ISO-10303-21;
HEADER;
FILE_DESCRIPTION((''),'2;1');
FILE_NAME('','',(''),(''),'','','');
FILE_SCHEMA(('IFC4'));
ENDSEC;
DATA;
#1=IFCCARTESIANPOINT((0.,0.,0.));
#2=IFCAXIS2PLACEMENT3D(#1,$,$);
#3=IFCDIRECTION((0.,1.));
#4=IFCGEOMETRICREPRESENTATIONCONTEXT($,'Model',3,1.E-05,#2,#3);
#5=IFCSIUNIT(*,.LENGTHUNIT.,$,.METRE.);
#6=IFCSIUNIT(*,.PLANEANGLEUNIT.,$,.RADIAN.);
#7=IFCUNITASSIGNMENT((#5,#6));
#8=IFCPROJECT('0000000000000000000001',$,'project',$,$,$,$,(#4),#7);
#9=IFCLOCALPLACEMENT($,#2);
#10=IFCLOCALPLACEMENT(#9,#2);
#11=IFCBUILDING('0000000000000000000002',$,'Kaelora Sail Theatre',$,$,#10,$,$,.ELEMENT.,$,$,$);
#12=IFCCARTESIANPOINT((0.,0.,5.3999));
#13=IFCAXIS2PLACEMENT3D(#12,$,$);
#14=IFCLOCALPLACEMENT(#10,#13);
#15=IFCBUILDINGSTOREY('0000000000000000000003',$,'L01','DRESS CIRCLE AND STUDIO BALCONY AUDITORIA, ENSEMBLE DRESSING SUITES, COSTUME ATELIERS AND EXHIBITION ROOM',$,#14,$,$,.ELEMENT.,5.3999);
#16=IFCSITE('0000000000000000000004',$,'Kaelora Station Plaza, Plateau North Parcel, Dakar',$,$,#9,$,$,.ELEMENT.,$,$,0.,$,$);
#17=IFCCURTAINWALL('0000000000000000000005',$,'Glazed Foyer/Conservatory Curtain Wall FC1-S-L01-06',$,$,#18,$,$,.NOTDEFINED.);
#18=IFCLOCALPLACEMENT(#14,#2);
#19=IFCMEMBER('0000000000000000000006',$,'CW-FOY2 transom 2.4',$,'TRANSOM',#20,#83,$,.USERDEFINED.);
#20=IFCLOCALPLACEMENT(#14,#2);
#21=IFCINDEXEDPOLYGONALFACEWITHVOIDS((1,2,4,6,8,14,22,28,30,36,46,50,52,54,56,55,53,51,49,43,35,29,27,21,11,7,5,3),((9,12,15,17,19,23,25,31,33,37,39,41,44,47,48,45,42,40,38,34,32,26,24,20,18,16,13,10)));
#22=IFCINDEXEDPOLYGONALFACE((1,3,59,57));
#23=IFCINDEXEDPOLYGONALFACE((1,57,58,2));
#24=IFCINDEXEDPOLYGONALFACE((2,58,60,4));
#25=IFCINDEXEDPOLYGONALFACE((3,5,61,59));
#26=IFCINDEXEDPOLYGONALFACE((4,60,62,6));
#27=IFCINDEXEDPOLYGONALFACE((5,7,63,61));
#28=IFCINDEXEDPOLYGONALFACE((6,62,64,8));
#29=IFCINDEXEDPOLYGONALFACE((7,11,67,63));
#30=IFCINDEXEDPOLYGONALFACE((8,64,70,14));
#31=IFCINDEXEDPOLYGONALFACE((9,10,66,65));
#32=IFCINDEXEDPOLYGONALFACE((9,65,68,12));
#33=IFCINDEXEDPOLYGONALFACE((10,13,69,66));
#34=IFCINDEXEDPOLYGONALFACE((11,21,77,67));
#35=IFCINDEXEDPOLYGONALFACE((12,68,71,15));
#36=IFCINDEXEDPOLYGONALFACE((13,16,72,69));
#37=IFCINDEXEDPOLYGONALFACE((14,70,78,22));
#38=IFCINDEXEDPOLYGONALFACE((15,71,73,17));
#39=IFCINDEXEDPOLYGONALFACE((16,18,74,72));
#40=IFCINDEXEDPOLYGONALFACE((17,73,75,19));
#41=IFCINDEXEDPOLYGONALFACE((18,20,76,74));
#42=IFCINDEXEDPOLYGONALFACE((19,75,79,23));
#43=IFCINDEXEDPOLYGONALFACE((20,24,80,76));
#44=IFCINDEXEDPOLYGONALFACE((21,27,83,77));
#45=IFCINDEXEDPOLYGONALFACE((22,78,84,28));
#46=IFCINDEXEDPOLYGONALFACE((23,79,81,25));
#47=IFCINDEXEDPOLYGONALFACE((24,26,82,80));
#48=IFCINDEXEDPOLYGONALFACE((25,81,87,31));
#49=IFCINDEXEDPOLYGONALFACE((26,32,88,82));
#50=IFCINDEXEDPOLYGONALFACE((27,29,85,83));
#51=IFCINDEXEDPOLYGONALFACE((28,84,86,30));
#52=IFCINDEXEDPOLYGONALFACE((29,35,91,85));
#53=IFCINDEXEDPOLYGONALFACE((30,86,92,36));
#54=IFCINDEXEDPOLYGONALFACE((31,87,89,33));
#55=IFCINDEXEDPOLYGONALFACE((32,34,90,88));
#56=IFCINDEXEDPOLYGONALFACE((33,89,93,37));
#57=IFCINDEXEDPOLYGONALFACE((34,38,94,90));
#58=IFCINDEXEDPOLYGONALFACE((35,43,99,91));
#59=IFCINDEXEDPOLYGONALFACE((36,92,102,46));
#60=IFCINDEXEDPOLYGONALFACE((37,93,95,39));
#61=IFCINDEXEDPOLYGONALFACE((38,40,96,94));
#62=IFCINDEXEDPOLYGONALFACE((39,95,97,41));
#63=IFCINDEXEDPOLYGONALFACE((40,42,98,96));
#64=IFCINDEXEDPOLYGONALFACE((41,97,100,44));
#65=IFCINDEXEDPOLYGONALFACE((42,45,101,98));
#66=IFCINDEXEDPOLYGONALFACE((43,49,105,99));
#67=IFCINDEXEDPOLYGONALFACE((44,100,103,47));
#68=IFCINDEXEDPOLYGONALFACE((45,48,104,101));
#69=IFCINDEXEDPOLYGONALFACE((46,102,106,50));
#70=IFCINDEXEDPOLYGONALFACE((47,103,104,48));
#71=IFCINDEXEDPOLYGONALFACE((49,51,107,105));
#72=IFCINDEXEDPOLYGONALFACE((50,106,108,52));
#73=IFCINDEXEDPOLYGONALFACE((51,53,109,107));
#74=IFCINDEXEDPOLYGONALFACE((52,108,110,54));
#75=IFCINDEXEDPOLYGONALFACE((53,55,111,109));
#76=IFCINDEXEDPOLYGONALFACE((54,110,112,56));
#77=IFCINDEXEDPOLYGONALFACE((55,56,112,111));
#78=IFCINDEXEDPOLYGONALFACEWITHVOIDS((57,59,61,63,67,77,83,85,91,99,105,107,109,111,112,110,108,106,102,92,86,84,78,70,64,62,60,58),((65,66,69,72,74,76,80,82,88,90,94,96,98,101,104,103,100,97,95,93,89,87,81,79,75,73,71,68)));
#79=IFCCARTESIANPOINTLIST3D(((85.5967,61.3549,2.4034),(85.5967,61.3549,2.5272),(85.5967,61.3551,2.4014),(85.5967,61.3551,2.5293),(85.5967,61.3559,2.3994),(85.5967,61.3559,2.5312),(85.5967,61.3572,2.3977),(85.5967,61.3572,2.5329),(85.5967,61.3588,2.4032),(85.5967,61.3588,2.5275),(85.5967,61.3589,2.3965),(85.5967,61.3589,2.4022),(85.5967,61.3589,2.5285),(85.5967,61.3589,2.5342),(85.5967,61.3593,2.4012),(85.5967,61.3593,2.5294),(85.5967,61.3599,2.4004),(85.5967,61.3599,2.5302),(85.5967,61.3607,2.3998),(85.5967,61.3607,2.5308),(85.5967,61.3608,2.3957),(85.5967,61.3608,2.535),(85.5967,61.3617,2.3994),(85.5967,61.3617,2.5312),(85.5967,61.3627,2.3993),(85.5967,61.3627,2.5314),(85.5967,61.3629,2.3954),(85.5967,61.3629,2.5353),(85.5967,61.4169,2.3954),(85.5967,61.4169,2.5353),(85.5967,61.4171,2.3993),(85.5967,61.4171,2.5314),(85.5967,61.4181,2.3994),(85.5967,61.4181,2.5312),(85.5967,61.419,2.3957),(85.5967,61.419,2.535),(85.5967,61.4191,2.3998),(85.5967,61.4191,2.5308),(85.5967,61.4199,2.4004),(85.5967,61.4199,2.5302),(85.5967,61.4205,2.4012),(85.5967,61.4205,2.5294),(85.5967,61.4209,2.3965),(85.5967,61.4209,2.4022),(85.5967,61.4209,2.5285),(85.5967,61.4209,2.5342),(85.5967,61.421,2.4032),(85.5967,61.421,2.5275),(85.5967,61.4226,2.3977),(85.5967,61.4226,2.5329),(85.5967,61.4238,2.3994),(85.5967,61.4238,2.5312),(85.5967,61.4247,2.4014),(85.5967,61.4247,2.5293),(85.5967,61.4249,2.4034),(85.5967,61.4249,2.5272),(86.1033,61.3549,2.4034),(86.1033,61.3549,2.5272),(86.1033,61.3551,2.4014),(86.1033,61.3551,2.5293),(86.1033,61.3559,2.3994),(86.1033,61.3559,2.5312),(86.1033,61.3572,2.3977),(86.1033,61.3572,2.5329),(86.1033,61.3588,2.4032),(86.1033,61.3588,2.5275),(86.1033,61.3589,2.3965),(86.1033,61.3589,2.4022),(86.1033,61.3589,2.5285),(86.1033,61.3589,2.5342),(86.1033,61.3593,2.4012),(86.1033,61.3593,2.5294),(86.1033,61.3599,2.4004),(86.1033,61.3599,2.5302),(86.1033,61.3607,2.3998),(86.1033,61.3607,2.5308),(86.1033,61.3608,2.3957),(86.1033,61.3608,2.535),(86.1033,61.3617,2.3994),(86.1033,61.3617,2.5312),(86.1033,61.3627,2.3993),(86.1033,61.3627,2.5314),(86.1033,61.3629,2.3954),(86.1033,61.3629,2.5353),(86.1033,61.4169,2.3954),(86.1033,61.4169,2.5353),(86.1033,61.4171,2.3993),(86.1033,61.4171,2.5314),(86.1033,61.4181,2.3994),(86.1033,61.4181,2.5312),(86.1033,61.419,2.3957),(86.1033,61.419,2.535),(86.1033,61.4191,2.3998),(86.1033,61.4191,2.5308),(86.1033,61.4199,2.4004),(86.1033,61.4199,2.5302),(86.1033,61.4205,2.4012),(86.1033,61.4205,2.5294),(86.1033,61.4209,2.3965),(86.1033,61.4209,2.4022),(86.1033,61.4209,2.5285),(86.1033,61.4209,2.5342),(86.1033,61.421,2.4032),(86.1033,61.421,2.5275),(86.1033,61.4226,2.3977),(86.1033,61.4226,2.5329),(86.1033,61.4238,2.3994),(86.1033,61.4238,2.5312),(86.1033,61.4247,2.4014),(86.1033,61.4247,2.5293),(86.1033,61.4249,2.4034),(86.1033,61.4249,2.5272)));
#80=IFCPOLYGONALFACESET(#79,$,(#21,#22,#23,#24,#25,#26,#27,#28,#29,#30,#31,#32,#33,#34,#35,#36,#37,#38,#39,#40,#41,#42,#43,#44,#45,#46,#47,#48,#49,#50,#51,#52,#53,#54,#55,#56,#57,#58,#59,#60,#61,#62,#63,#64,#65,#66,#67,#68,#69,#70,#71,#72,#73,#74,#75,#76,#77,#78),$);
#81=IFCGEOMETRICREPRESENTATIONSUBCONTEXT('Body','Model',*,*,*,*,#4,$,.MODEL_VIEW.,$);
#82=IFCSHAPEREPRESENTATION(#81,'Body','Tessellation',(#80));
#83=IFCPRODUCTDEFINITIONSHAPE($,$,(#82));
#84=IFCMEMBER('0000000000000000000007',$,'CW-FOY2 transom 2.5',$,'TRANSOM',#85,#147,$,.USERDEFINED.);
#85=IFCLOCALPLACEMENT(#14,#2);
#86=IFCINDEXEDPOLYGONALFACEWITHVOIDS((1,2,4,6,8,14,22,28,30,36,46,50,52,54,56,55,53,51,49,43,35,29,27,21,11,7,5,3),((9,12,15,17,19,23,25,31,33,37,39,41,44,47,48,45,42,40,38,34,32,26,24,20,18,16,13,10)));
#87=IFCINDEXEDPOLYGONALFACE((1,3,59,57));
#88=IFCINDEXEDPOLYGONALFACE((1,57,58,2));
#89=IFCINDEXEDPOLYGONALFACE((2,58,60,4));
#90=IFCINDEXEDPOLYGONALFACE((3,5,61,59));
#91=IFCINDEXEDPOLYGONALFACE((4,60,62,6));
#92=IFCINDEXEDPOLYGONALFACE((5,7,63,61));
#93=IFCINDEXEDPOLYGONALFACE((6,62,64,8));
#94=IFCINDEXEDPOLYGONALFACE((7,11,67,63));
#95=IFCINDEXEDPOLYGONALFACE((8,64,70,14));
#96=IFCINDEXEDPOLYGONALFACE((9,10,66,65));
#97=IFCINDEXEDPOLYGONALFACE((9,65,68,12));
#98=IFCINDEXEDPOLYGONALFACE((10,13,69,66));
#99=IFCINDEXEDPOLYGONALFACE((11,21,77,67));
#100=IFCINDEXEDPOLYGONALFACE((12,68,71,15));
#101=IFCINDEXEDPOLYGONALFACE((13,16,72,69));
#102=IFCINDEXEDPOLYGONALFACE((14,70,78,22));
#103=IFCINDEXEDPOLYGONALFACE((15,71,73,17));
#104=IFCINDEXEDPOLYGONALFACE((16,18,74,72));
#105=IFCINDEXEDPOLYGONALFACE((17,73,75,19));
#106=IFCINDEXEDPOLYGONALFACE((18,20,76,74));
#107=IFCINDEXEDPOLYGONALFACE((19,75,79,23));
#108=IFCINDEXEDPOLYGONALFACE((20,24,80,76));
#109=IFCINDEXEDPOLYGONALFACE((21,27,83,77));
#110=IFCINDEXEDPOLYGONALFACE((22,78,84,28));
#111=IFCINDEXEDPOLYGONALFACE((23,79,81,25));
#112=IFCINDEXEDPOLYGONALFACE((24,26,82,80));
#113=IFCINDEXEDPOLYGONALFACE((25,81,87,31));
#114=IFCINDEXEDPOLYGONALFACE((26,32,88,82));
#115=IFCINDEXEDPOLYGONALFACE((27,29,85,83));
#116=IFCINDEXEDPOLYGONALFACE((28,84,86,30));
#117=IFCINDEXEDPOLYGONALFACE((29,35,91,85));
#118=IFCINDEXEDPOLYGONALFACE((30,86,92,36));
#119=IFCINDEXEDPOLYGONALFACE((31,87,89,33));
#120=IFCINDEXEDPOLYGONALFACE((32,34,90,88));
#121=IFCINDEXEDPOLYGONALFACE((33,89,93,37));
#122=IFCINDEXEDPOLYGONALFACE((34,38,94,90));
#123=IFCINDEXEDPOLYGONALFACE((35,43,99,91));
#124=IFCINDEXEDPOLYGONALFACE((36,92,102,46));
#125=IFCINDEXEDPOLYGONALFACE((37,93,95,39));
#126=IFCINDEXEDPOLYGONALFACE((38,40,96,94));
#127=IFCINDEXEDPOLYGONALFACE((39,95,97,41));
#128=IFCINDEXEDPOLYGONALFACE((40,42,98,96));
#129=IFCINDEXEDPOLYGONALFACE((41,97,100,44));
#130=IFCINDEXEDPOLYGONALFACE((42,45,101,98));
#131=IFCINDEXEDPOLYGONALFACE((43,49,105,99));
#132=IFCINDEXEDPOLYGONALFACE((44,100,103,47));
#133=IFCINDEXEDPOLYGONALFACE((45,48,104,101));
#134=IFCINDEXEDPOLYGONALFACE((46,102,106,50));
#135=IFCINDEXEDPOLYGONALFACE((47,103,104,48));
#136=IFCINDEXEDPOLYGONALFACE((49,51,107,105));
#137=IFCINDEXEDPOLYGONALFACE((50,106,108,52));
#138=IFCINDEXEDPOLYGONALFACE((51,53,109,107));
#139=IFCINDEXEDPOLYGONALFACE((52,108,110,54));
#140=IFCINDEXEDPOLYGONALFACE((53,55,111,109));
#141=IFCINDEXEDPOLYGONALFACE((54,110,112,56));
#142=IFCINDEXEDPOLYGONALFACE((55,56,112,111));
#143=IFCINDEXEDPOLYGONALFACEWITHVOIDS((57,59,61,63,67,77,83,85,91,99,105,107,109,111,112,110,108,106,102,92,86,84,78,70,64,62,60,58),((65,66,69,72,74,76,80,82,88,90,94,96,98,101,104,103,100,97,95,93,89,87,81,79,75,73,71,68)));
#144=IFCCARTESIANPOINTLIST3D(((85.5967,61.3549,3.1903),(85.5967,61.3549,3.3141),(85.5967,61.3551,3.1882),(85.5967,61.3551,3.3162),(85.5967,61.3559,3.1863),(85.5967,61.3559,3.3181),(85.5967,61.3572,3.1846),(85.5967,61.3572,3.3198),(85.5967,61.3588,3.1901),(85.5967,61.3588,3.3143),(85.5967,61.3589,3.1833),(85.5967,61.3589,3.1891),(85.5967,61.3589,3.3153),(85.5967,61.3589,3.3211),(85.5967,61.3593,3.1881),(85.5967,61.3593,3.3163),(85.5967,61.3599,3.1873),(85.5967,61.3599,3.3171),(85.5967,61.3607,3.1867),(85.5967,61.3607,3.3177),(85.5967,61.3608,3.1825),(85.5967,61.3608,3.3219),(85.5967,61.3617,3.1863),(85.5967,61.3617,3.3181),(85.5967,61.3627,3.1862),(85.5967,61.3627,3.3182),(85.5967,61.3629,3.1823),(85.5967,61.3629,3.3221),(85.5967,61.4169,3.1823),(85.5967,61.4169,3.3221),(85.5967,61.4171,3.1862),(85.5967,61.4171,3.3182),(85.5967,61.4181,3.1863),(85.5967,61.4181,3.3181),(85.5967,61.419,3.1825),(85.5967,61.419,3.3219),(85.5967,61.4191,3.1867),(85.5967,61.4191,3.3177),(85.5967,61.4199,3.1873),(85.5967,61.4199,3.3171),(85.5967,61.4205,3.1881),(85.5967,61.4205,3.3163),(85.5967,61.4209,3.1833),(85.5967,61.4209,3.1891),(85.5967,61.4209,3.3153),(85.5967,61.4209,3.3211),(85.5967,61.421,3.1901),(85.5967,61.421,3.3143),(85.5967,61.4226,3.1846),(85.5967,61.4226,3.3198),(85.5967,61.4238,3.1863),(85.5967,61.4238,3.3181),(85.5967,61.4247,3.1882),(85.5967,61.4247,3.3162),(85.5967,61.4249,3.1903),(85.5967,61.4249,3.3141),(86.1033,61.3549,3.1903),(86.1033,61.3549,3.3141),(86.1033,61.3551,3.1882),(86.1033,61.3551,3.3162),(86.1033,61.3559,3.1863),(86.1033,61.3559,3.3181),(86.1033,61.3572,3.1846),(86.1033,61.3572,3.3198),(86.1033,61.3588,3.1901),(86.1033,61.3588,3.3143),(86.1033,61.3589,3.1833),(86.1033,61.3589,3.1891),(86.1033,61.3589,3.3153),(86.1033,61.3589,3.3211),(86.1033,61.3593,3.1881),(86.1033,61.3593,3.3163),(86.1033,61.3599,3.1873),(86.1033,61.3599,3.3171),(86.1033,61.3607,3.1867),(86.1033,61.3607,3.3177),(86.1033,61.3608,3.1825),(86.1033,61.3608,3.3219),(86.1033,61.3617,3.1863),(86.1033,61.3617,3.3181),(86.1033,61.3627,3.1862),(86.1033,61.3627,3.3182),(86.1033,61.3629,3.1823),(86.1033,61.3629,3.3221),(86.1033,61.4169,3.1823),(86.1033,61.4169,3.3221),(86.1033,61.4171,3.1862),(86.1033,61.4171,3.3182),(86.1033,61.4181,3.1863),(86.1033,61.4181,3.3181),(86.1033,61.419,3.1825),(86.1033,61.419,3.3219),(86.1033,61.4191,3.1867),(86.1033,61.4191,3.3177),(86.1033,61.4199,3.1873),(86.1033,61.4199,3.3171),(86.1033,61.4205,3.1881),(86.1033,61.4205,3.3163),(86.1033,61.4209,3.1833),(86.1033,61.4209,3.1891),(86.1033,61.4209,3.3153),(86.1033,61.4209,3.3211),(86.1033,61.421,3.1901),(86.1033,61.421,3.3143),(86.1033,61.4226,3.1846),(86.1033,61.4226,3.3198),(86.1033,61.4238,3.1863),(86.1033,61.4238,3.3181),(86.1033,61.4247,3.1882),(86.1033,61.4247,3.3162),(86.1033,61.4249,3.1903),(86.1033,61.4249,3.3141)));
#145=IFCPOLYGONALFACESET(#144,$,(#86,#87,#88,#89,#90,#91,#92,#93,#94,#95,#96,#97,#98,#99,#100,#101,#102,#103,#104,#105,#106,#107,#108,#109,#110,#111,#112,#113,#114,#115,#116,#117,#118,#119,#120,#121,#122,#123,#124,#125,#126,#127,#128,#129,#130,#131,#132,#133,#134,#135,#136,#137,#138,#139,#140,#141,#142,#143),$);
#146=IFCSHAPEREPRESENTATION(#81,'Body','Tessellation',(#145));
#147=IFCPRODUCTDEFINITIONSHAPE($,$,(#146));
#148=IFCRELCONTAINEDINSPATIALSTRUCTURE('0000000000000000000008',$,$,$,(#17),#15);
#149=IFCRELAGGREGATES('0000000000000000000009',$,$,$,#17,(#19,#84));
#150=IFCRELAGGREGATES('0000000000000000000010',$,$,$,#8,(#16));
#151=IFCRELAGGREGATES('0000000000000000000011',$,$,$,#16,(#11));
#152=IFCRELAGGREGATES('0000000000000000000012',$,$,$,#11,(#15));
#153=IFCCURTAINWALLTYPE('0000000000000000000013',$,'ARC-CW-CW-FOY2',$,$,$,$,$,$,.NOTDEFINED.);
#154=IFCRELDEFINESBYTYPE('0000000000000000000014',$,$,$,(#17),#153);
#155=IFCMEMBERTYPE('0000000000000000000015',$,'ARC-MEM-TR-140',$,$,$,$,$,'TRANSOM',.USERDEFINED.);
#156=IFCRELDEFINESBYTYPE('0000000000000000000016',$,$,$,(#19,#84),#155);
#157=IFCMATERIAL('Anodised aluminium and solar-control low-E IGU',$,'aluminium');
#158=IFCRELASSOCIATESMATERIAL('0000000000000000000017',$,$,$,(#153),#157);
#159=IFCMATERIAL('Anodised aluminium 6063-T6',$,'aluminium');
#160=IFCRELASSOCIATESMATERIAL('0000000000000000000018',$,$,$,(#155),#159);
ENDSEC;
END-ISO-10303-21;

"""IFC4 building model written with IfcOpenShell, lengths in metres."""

from ifc_helpers import new_model, si_unit, direction, frame, origin, origin_2d, place, context, subcontext, project, spatial, hollow_rectangle, extrude, material, material_profile, profile_set, type_object, element, aggregate, save


model = new_model("IFC4")

# Units and contexts
model_context = context("Model", 3, precision=1e-05, world=origin(), true_north=direction((0.0, 1.0)))
body_context = subcontext(model_context, "Body", "Model", "MODEL_VIEW")
ifc_project = project(units=[si_unit("LENGTHUNIT", "METRE"), si_unit("PLANEANGLEUNIT", "RADIAN")], contexts=[model_context])

# Site, building, storey
site_placement = place(None, origin())
site = spatial("IfcSite", under=ifc_project, at=site_placement, Name="Kaelora Station Plaza, Plateau North Parcel, Dakar", CompositionType="ELEMENT", RefElevation=0.0)
building_placement = place(site_placement, origin())
building = spatial("IfcBuilding", under=site, at=building_placement, Name="Kaelora Sail Theatre", CompositionType="ELEMENT")
storey_placement = place(building_placement, frame((0.0, 0.0, 5.3999)))
storey = spatial("IfcBuildingStorey", under=building, at=storey_placement, Name="L01", Description="DRESS CIRCLE AND STUDIO BALCONY AUDITORIA, ENSEMBLE DRESSING SUITES, COSTUME ATELIERS AND EXHIBITION ROOM", CompositionType="ELEMENT", Elevation=5.3999)

# Curtain wall, members
ifc_material_1 = material(Name="Anodised aluminium and solar-control low-E IGU", Category="aluminium")
curtain_wall_type = type_object("IfcCurtainWallType", Name="ARC-CW-CW-FOY2", PredefinedType="NOTDEFINED", material=ifc_material_1)
curtain_wall_1_placement = place(storey_placement, origin())
curtain_wall_1 = element("IfcCurtainWall", 1, at=curtain_wall_1_placement, inside=storey, type_object=curtain_wall_type, Name="Glazed Foyer/Conservatory Curtain Wall FC1-S-L01-06", PredefinedType="NOTDEFINED")
ifc_material_2 = material(Name="Anodised aluminium 6063-T6", Category="aluminium")
ifc_material_profile = material_profile(ifc_material_2, hollow_rectangle(XDim=0.0701, YDim=0.1399, WallThickness=0.0039, InnerFilletRadius=0.0039, OuterFilletRadius=0.0081, at=origin_2d()), Name="ALU-TRAN 70x140x4")
ifc_profile_set = profile_set([ifc_material_profile], Name="Anodised aluminium 6063-T6")
member_type = type_object("IfcMemberType", Name="ARC-MEM-TR-140", ElementType="TRANSOM", PredefinedType="USERDEFINED", material=ifc_profile_set)
member_1_placement = place(storey_placement, frame((85.5967, 61.3899, 2.4653), z_axis=(1.0, 0.0, 0.0), x_axis=(0.0, 1.0, 0.0)))
member_1 = element("IfcMember", 2, at=member_1_placement, type_object=member_type, Name="CW-FOY2 transom 2.4", ObjectType="TRANSOM", PredefinedType="USERDEFINED", context=body_context, shape_type="SweptSolid", body=[
    extrude(hollow_rectangle(XDim=0.0701, YDim=0.1399, WallThickness=0.0039, InnerFilletRadius=0.0039, OuterFilletRadius=0.0081, at=origin_2d()), origin(), (0.0, 0.0, 1.0), 0.5066),
])
member_2_placement = place(storey_placement, frame((85.5967, 61.3899, 3.2522), z_axis=(1.0, 0.0, 0.0), x_axis=(0.0, 1.0, 0.0)))
member_2 = element("IfcMember", 3, at=member_2_placement, type_object=member_type, Name="CW-FOY2 transom 2.5", ObjectType="TRANSOM", PredefinedType="USERDEFINED", context=body_context, shape_type="SweptSolid", body=[
    extrude(hollow_rectangle(XDim=0.0701, YDim=0.1399, WallThickness=0.0039, InnerFilletRadius=0.0039, OuterFilletRadius=0.0081, at=origin_2d()), origin(), (0.0, 0.0, 1.0), 0.5066),
])

aggregate(curtain_wall_1, [member_1, member_2])

save(model, "model.ifc")
